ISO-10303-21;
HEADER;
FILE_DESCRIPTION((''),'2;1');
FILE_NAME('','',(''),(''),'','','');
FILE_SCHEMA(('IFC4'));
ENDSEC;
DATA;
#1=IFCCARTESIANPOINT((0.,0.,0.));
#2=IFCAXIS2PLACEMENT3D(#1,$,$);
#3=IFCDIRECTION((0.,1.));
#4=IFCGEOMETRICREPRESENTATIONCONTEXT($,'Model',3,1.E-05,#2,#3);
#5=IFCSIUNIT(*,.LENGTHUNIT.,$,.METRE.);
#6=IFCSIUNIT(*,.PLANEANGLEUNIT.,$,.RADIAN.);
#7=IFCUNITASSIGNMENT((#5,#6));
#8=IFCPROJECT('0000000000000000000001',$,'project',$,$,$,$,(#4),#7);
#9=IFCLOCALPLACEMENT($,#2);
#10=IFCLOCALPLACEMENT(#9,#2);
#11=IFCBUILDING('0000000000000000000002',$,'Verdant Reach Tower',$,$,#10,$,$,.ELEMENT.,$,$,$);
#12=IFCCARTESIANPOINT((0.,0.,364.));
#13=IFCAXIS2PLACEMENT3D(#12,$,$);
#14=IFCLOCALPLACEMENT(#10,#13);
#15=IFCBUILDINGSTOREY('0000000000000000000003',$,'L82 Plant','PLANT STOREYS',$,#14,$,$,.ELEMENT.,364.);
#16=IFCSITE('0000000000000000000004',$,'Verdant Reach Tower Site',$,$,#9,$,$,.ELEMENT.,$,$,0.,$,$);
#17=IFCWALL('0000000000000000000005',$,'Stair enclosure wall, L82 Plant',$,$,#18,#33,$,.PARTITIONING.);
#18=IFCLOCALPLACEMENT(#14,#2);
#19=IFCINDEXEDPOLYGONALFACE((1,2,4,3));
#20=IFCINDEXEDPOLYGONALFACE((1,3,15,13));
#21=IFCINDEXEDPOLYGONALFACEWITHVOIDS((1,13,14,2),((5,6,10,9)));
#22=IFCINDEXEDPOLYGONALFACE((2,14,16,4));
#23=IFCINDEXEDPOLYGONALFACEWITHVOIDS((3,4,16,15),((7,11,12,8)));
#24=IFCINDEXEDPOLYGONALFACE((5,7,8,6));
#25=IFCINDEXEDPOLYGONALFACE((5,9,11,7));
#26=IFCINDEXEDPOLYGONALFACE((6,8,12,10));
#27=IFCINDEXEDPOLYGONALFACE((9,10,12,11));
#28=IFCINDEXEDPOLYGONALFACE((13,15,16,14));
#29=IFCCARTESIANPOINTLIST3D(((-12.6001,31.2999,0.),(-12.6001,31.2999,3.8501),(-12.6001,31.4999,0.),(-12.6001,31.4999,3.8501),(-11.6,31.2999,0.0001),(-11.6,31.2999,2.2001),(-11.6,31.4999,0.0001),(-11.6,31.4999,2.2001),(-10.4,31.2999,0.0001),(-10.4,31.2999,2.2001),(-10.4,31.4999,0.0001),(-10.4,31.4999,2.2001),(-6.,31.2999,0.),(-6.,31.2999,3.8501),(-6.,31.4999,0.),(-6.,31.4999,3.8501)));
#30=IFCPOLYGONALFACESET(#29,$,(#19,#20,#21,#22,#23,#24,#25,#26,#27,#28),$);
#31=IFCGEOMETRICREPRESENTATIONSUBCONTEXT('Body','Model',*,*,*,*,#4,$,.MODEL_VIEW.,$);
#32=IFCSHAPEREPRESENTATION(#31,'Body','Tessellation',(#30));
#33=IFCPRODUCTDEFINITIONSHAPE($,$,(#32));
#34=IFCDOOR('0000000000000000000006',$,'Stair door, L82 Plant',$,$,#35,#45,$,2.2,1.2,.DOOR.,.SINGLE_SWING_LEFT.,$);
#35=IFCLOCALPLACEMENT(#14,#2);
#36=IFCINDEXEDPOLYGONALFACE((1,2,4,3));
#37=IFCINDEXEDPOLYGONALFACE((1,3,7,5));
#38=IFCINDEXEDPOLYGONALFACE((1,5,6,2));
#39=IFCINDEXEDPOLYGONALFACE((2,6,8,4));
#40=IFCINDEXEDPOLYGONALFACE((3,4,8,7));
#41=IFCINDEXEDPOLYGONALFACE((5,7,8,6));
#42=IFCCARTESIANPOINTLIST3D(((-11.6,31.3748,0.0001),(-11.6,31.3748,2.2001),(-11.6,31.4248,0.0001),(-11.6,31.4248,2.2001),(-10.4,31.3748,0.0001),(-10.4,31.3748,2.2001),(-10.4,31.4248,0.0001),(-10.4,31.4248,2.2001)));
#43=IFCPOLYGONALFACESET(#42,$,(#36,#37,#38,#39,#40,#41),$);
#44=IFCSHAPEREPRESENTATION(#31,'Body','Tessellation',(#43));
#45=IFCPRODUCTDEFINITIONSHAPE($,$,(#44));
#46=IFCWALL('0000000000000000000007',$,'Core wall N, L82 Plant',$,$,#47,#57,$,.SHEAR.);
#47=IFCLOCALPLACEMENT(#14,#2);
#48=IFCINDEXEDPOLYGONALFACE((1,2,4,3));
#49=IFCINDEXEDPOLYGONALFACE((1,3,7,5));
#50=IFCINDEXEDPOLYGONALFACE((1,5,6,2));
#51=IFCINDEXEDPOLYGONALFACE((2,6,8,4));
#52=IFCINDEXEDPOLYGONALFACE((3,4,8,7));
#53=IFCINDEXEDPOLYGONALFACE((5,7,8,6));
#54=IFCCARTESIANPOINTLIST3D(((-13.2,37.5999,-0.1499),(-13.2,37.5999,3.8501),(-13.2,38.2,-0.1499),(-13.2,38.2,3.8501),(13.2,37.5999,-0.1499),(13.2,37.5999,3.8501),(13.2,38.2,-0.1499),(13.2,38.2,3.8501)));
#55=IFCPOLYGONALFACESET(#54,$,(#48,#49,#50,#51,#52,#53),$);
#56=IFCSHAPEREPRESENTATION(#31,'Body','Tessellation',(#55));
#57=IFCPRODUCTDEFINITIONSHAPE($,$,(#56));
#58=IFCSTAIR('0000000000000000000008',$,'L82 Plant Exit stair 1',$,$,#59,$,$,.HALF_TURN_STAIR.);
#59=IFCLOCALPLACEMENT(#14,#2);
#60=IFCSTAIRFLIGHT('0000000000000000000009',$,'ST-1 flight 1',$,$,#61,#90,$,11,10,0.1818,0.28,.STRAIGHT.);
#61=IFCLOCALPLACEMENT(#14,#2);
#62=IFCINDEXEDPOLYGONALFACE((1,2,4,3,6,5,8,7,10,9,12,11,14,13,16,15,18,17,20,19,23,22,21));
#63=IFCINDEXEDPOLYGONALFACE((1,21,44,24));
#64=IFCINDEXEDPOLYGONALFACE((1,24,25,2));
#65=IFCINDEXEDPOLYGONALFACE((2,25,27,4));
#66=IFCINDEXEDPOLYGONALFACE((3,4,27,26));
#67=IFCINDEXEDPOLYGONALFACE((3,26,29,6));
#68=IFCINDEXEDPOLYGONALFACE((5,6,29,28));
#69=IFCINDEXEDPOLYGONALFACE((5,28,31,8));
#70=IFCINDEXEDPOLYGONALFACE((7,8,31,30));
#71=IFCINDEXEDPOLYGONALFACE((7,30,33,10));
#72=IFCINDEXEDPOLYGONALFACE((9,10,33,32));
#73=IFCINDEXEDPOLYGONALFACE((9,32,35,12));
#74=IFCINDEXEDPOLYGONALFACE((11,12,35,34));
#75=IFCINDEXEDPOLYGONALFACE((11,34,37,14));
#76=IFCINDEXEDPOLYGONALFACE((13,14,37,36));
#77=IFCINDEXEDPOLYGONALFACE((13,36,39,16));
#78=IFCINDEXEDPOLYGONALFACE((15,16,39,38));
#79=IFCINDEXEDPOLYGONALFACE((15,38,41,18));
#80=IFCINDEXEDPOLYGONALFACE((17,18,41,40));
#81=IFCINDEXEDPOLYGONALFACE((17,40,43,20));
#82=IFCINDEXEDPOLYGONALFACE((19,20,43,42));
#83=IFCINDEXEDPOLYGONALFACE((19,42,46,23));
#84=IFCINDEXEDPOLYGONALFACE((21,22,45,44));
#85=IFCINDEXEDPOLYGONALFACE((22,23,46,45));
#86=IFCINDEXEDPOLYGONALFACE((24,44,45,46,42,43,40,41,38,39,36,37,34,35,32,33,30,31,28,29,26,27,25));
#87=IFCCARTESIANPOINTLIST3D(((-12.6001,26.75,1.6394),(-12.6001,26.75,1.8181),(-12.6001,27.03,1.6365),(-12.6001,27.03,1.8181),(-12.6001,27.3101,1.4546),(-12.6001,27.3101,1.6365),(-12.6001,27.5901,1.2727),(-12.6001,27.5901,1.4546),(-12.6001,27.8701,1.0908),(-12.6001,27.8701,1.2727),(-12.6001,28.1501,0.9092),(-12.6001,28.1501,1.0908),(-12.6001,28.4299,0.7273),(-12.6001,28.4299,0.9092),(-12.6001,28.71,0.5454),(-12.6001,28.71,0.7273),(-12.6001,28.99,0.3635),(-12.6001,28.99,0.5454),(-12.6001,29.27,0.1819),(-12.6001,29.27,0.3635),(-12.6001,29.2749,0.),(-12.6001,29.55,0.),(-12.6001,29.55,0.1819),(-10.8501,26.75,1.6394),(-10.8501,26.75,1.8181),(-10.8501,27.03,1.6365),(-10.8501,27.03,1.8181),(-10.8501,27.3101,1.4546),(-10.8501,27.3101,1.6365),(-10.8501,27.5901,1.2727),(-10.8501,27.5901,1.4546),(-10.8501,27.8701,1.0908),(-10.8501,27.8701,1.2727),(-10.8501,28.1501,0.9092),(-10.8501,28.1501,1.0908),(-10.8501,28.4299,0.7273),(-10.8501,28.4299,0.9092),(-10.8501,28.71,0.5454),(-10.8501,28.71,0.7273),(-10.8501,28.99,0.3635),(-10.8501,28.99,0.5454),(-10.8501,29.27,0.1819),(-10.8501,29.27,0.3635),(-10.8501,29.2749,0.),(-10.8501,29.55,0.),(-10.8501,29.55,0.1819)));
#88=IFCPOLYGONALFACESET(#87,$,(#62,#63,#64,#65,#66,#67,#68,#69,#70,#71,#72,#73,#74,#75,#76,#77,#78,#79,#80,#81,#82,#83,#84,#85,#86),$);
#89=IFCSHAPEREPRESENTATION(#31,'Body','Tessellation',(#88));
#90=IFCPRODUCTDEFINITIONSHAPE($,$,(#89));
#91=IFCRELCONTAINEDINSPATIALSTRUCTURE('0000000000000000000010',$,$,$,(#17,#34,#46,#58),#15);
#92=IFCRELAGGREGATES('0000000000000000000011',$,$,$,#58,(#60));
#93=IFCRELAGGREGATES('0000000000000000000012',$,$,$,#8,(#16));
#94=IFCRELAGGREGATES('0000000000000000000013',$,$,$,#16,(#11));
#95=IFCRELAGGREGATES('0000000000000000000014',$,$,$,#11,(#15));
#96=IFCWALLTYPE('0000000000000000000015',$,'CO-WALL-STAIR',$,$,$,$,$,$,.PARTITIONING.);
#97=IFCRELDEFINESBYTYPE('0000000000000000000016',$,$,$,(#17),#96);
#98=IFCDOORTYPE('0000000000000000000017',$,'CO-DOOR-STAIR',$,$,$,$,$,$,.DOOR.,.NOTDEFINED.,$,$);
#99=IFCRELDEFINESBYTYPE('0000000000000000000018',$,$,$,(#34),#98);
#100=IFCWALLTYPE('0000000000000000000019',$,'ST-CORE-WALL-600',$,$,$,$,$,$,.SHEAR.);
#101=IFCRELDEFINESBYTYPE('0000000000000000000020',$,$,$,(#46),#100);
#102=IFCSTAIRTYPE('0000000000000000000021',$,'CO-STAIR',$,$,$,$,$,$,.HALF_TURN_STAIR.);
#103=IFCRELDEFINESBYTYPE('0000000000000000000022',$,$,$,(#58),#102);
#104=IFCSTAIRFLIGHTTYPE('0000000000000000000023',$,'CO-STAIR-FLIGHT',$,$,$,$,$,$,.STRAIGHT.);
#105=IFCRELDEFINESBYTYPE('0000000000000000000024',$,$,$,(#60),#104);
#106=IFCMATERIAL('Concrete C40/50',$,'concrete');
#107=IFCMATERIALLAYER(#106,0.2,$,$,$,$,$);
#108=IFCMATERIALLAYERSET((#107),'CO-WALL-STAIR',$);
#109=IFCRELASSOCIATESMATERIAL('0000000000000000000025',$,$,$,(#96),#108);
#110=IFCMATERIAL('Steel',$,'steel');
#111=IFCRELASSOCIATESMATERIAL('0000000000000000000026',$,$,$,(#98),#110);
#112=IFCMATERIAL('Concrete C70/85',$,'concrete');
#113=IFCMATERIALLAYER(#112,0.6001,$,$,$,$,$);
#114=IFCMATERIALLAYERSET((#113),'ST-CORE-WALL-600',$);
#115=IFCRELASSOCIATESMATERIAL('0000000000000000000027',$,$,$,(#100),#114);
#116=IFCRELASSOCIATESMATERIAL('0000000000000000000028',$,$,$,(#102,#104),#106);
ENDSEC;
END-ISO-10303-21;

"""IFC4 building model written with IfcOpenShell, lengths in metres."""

from ifc_helpers import new_model, si_unit, direction, frame, frame_2d, origin, place, context, subcontext, project, spatial, polyline, rectangle, outline, extrude, material, layer, layer_set, type_object, element, fill, aggregate, save


model = new_model("IFC4")

# Units and contexts
model_context = context("Model", 3, precision=1e-05, world=origin(), true_north=direction((0.0, 1.0)))
body_context = subcontext(model_context, "Body", "Model", "MODEL_VIEW")
ifc_project = project(units=[si_unit("LENGTHUNIT", "METRE"), si_unit("PLANEANGLEUNIT", "RADIAN")], contexts=[model_context])

# Site, building, storey
site_placement = place(None, origin())
site = spatial("IfcSite", under=ifc_project, at=site_placement, Name="Verdant Reach Tower Site", CompositionType="ELEMENT", RefElevation=0.0)
building_placement = place(site_placement, origin())
building = spatial("IfcBuilding", under=site, at=building_placement, Name="Verdant Reach Tower", CompositionType="ELEMENT")
storey_placement = place(building_placement, frame((0.0, 0.0, 364.0)))
storey = spatial("IfcBuildingStorey", under=building, at=storey_placement, Name="L82 Plant", Description="PLANT STOREYS", CompositionType="ELEMENT", Elevation=364.0)

# Shared definitions
ifc_material_1 = material(Name="Concrete C40/50", Category="concrete")
ifc_material_2 = material(Name="Steel", Category="steel")

# Wall, opening, door
ifc_layer_1 = layer(ifc_material_1, 0.2)
ifc_layer_set_1 = layer_set([ifc_layer_1], Name="CO-WALL-STAIR")
wall_type_1 = type_object("IfcWallType", Name="CO-WALL-STAIR", PredefinedType="PARTITIONING", material=ifc_layer_set_1)
wall_1_placement = place(storey_placement, frame((-12.6001, 31.3999, 0.0), z_axis=(0.0, 0.0, 1.0), x_axis=(1.0, 0.0, 0.0)))
wall_1 = element("IfcWall", 1, at=wall_1_placement, inside=storey, type_object=wall_type_1, Name="Stair enclosure wall, L82 Plant", PredefinedType="PARTITIONING", context=body_context, shape_type="SweptSolid", body=[
    extrude(rectangle(XDim=6.6001, YDim=0.2, at=frame_2d((3.3, 0.0))), origin(), (0.0, 0.0, 1.0), 3.8501),
])
opening_1_placement = place(wall_1_placement, frame((1.0, 0.0, 0.0)))
opening_1 = element("IfcOpeningElement", 2, at=opening_1_placement, cuts=wall_1, PredefinedType="OPENING", context=body_context, shape_type="SweptSolid", body=[
    extrude(rectangle(XDim=1.2, YDim=2.2, at=frame_2d((0.6001, 1.1001))), frame((0.0, 0.1099, 0.0), z_axis=(0.0, -1.0, 0.0), x_axis=(1.0, 0.0, 0.0)), (0.0, 0.0, 1.0), 0.22),
])
door_type_1 = type_object("IfcDoorType", Name="CO-DOOR-STAIR", OperationType="NOTDEFINED", PredefinedType="DOOR", material=ifc_material_2)
door_1_placement = place(opening_1_placement, origin())
door_1 = element("IfcDoor", 3, at=door_1_placement, inside=storey, type_object=door_type_1, Name="Stair door, L82 Plant", OperationType="SINGLE_SWING_LEFT", OverallHeight=2.2, OverallWidth=1.2, PredefinedType="DOOR", context=body_context, shape_type="SweptSolid", body=[
    extrude(rectangle(XDim=1.2, YDim=2.2, at=frame_2d((0.6001, 1.1001))), frame((0.0, 0.0249, 0.0), z_axis=(0.0, -1.0, 0.0), x_axis=(1.0, 0.0, 0.0)), (0.0, 0.0, 1.0), 0.05),
])
fill(opening_1, door_1)

# Wall
ifc_material_3 = material(Name="Concrete C70/85", Category="concrete")
ifc_layer_2 = layer(ifc_material_3, 0.6001)
ifc_layer_set_2 = layer_set([ifc_layer_2], Name="ST-CORE-WALL-600")
wall_type_2 = type_object("IfcWallType", Name="ST-CORE-WALL-600", PredefinedType="SHEAR", material=ifc_layer_set_2)
wall_2_placement = place(storey_placement, frame((-13.2, 37.8999, -0.1499), z_axis=(0.0, 0.0, 1.0), x_axis=(1.0, 0.0, 0.0)))
element("IfcWall", 4, at=wall_2_placement, inside=storey, type_object=wall_type_2, Name="Core wall N, L82 Plant", PredefinedType="SHEAR", context=body_context, shape_type="SweptSolid", body=[
    extrude(rectangle(XDim=26.3999, YDim=0.6001, at=frame_2d((13.2, 0.0))), origin(), (0.0, 0.0, 1.0), 4.0),
])

# Stair, stair flight
stair_type = type_object("IfcStairType", Name="CO-STAIR", PredefinedType="HALF_TURN_STAIR", material=ifc_material_1)
stair_placement = place(storey_placement, origin())
stair = element("IfcStair", 5, at=stair_placement, inside=storey, type_object=stair_type, Name="L82 Plant Exit stair 1", PredefinedType="HALF_TURN_STAIR")
stair_flight_type = type_object("IfcStairFlightType", Name="CO-STAIR-FLIGHT", PredefinedType="STRAIGHT", material=ifc_material_1)
stair_flight_placement = place(storey_placement, frame((-11.7251, 29.55, 0.0), z_axis=(0.0, 0.0, 1.0), x_axis=(0.0, -1.0, 0.0)))
stair_flight = element("IfcStairFlight", 6, at=stair_flight_placement, type_object=stair_flight_type, Name="ST-1 flight 1", NumberOfRisers=11, NumberOfTreads=10, PredefinedType="STRAIGHT", RiserHeight=0.1818, TreadLength=0.28, context=body_context, shape_type="SweptSolid", body=[
    extrude(outline(polyline([(0.0, 0.0), (0.0, 0.1819), (0.28, 0.1819), (0.28, 0.3635), (0.5601, 0.3635), (0.5601, 0.5454), (0.8401, 0.5454), (0.8401, 0.7273), (1.1201, 0.7273), (1.1201, 0.9092), (1.3999, 0.9092), (1.3999, 1.0908), (1.6799, 1.0908), (1.6799, 1.2727), (1.96, 1.2727), (1.96, 1.4546), (2.24, 1.4546), (2.24, 1.6365), (2.52, 1.6365), (2.52, 1.8181), (2.8, 1.8181), (2.8, 2.0), (2.8, 1.6394), (0.2751, 0.0), (0.0, 0.0)])), frame((0.0, 0.875, 0.0), z_axis=(0.0, -1.0, 0.0), x_axis=(1.0, 0.0, 0.0)), (0.0, 0.0, 1.0), 1.75),
])
aggregate(stair, [stair_flight])

save(model, "model.ifc")
